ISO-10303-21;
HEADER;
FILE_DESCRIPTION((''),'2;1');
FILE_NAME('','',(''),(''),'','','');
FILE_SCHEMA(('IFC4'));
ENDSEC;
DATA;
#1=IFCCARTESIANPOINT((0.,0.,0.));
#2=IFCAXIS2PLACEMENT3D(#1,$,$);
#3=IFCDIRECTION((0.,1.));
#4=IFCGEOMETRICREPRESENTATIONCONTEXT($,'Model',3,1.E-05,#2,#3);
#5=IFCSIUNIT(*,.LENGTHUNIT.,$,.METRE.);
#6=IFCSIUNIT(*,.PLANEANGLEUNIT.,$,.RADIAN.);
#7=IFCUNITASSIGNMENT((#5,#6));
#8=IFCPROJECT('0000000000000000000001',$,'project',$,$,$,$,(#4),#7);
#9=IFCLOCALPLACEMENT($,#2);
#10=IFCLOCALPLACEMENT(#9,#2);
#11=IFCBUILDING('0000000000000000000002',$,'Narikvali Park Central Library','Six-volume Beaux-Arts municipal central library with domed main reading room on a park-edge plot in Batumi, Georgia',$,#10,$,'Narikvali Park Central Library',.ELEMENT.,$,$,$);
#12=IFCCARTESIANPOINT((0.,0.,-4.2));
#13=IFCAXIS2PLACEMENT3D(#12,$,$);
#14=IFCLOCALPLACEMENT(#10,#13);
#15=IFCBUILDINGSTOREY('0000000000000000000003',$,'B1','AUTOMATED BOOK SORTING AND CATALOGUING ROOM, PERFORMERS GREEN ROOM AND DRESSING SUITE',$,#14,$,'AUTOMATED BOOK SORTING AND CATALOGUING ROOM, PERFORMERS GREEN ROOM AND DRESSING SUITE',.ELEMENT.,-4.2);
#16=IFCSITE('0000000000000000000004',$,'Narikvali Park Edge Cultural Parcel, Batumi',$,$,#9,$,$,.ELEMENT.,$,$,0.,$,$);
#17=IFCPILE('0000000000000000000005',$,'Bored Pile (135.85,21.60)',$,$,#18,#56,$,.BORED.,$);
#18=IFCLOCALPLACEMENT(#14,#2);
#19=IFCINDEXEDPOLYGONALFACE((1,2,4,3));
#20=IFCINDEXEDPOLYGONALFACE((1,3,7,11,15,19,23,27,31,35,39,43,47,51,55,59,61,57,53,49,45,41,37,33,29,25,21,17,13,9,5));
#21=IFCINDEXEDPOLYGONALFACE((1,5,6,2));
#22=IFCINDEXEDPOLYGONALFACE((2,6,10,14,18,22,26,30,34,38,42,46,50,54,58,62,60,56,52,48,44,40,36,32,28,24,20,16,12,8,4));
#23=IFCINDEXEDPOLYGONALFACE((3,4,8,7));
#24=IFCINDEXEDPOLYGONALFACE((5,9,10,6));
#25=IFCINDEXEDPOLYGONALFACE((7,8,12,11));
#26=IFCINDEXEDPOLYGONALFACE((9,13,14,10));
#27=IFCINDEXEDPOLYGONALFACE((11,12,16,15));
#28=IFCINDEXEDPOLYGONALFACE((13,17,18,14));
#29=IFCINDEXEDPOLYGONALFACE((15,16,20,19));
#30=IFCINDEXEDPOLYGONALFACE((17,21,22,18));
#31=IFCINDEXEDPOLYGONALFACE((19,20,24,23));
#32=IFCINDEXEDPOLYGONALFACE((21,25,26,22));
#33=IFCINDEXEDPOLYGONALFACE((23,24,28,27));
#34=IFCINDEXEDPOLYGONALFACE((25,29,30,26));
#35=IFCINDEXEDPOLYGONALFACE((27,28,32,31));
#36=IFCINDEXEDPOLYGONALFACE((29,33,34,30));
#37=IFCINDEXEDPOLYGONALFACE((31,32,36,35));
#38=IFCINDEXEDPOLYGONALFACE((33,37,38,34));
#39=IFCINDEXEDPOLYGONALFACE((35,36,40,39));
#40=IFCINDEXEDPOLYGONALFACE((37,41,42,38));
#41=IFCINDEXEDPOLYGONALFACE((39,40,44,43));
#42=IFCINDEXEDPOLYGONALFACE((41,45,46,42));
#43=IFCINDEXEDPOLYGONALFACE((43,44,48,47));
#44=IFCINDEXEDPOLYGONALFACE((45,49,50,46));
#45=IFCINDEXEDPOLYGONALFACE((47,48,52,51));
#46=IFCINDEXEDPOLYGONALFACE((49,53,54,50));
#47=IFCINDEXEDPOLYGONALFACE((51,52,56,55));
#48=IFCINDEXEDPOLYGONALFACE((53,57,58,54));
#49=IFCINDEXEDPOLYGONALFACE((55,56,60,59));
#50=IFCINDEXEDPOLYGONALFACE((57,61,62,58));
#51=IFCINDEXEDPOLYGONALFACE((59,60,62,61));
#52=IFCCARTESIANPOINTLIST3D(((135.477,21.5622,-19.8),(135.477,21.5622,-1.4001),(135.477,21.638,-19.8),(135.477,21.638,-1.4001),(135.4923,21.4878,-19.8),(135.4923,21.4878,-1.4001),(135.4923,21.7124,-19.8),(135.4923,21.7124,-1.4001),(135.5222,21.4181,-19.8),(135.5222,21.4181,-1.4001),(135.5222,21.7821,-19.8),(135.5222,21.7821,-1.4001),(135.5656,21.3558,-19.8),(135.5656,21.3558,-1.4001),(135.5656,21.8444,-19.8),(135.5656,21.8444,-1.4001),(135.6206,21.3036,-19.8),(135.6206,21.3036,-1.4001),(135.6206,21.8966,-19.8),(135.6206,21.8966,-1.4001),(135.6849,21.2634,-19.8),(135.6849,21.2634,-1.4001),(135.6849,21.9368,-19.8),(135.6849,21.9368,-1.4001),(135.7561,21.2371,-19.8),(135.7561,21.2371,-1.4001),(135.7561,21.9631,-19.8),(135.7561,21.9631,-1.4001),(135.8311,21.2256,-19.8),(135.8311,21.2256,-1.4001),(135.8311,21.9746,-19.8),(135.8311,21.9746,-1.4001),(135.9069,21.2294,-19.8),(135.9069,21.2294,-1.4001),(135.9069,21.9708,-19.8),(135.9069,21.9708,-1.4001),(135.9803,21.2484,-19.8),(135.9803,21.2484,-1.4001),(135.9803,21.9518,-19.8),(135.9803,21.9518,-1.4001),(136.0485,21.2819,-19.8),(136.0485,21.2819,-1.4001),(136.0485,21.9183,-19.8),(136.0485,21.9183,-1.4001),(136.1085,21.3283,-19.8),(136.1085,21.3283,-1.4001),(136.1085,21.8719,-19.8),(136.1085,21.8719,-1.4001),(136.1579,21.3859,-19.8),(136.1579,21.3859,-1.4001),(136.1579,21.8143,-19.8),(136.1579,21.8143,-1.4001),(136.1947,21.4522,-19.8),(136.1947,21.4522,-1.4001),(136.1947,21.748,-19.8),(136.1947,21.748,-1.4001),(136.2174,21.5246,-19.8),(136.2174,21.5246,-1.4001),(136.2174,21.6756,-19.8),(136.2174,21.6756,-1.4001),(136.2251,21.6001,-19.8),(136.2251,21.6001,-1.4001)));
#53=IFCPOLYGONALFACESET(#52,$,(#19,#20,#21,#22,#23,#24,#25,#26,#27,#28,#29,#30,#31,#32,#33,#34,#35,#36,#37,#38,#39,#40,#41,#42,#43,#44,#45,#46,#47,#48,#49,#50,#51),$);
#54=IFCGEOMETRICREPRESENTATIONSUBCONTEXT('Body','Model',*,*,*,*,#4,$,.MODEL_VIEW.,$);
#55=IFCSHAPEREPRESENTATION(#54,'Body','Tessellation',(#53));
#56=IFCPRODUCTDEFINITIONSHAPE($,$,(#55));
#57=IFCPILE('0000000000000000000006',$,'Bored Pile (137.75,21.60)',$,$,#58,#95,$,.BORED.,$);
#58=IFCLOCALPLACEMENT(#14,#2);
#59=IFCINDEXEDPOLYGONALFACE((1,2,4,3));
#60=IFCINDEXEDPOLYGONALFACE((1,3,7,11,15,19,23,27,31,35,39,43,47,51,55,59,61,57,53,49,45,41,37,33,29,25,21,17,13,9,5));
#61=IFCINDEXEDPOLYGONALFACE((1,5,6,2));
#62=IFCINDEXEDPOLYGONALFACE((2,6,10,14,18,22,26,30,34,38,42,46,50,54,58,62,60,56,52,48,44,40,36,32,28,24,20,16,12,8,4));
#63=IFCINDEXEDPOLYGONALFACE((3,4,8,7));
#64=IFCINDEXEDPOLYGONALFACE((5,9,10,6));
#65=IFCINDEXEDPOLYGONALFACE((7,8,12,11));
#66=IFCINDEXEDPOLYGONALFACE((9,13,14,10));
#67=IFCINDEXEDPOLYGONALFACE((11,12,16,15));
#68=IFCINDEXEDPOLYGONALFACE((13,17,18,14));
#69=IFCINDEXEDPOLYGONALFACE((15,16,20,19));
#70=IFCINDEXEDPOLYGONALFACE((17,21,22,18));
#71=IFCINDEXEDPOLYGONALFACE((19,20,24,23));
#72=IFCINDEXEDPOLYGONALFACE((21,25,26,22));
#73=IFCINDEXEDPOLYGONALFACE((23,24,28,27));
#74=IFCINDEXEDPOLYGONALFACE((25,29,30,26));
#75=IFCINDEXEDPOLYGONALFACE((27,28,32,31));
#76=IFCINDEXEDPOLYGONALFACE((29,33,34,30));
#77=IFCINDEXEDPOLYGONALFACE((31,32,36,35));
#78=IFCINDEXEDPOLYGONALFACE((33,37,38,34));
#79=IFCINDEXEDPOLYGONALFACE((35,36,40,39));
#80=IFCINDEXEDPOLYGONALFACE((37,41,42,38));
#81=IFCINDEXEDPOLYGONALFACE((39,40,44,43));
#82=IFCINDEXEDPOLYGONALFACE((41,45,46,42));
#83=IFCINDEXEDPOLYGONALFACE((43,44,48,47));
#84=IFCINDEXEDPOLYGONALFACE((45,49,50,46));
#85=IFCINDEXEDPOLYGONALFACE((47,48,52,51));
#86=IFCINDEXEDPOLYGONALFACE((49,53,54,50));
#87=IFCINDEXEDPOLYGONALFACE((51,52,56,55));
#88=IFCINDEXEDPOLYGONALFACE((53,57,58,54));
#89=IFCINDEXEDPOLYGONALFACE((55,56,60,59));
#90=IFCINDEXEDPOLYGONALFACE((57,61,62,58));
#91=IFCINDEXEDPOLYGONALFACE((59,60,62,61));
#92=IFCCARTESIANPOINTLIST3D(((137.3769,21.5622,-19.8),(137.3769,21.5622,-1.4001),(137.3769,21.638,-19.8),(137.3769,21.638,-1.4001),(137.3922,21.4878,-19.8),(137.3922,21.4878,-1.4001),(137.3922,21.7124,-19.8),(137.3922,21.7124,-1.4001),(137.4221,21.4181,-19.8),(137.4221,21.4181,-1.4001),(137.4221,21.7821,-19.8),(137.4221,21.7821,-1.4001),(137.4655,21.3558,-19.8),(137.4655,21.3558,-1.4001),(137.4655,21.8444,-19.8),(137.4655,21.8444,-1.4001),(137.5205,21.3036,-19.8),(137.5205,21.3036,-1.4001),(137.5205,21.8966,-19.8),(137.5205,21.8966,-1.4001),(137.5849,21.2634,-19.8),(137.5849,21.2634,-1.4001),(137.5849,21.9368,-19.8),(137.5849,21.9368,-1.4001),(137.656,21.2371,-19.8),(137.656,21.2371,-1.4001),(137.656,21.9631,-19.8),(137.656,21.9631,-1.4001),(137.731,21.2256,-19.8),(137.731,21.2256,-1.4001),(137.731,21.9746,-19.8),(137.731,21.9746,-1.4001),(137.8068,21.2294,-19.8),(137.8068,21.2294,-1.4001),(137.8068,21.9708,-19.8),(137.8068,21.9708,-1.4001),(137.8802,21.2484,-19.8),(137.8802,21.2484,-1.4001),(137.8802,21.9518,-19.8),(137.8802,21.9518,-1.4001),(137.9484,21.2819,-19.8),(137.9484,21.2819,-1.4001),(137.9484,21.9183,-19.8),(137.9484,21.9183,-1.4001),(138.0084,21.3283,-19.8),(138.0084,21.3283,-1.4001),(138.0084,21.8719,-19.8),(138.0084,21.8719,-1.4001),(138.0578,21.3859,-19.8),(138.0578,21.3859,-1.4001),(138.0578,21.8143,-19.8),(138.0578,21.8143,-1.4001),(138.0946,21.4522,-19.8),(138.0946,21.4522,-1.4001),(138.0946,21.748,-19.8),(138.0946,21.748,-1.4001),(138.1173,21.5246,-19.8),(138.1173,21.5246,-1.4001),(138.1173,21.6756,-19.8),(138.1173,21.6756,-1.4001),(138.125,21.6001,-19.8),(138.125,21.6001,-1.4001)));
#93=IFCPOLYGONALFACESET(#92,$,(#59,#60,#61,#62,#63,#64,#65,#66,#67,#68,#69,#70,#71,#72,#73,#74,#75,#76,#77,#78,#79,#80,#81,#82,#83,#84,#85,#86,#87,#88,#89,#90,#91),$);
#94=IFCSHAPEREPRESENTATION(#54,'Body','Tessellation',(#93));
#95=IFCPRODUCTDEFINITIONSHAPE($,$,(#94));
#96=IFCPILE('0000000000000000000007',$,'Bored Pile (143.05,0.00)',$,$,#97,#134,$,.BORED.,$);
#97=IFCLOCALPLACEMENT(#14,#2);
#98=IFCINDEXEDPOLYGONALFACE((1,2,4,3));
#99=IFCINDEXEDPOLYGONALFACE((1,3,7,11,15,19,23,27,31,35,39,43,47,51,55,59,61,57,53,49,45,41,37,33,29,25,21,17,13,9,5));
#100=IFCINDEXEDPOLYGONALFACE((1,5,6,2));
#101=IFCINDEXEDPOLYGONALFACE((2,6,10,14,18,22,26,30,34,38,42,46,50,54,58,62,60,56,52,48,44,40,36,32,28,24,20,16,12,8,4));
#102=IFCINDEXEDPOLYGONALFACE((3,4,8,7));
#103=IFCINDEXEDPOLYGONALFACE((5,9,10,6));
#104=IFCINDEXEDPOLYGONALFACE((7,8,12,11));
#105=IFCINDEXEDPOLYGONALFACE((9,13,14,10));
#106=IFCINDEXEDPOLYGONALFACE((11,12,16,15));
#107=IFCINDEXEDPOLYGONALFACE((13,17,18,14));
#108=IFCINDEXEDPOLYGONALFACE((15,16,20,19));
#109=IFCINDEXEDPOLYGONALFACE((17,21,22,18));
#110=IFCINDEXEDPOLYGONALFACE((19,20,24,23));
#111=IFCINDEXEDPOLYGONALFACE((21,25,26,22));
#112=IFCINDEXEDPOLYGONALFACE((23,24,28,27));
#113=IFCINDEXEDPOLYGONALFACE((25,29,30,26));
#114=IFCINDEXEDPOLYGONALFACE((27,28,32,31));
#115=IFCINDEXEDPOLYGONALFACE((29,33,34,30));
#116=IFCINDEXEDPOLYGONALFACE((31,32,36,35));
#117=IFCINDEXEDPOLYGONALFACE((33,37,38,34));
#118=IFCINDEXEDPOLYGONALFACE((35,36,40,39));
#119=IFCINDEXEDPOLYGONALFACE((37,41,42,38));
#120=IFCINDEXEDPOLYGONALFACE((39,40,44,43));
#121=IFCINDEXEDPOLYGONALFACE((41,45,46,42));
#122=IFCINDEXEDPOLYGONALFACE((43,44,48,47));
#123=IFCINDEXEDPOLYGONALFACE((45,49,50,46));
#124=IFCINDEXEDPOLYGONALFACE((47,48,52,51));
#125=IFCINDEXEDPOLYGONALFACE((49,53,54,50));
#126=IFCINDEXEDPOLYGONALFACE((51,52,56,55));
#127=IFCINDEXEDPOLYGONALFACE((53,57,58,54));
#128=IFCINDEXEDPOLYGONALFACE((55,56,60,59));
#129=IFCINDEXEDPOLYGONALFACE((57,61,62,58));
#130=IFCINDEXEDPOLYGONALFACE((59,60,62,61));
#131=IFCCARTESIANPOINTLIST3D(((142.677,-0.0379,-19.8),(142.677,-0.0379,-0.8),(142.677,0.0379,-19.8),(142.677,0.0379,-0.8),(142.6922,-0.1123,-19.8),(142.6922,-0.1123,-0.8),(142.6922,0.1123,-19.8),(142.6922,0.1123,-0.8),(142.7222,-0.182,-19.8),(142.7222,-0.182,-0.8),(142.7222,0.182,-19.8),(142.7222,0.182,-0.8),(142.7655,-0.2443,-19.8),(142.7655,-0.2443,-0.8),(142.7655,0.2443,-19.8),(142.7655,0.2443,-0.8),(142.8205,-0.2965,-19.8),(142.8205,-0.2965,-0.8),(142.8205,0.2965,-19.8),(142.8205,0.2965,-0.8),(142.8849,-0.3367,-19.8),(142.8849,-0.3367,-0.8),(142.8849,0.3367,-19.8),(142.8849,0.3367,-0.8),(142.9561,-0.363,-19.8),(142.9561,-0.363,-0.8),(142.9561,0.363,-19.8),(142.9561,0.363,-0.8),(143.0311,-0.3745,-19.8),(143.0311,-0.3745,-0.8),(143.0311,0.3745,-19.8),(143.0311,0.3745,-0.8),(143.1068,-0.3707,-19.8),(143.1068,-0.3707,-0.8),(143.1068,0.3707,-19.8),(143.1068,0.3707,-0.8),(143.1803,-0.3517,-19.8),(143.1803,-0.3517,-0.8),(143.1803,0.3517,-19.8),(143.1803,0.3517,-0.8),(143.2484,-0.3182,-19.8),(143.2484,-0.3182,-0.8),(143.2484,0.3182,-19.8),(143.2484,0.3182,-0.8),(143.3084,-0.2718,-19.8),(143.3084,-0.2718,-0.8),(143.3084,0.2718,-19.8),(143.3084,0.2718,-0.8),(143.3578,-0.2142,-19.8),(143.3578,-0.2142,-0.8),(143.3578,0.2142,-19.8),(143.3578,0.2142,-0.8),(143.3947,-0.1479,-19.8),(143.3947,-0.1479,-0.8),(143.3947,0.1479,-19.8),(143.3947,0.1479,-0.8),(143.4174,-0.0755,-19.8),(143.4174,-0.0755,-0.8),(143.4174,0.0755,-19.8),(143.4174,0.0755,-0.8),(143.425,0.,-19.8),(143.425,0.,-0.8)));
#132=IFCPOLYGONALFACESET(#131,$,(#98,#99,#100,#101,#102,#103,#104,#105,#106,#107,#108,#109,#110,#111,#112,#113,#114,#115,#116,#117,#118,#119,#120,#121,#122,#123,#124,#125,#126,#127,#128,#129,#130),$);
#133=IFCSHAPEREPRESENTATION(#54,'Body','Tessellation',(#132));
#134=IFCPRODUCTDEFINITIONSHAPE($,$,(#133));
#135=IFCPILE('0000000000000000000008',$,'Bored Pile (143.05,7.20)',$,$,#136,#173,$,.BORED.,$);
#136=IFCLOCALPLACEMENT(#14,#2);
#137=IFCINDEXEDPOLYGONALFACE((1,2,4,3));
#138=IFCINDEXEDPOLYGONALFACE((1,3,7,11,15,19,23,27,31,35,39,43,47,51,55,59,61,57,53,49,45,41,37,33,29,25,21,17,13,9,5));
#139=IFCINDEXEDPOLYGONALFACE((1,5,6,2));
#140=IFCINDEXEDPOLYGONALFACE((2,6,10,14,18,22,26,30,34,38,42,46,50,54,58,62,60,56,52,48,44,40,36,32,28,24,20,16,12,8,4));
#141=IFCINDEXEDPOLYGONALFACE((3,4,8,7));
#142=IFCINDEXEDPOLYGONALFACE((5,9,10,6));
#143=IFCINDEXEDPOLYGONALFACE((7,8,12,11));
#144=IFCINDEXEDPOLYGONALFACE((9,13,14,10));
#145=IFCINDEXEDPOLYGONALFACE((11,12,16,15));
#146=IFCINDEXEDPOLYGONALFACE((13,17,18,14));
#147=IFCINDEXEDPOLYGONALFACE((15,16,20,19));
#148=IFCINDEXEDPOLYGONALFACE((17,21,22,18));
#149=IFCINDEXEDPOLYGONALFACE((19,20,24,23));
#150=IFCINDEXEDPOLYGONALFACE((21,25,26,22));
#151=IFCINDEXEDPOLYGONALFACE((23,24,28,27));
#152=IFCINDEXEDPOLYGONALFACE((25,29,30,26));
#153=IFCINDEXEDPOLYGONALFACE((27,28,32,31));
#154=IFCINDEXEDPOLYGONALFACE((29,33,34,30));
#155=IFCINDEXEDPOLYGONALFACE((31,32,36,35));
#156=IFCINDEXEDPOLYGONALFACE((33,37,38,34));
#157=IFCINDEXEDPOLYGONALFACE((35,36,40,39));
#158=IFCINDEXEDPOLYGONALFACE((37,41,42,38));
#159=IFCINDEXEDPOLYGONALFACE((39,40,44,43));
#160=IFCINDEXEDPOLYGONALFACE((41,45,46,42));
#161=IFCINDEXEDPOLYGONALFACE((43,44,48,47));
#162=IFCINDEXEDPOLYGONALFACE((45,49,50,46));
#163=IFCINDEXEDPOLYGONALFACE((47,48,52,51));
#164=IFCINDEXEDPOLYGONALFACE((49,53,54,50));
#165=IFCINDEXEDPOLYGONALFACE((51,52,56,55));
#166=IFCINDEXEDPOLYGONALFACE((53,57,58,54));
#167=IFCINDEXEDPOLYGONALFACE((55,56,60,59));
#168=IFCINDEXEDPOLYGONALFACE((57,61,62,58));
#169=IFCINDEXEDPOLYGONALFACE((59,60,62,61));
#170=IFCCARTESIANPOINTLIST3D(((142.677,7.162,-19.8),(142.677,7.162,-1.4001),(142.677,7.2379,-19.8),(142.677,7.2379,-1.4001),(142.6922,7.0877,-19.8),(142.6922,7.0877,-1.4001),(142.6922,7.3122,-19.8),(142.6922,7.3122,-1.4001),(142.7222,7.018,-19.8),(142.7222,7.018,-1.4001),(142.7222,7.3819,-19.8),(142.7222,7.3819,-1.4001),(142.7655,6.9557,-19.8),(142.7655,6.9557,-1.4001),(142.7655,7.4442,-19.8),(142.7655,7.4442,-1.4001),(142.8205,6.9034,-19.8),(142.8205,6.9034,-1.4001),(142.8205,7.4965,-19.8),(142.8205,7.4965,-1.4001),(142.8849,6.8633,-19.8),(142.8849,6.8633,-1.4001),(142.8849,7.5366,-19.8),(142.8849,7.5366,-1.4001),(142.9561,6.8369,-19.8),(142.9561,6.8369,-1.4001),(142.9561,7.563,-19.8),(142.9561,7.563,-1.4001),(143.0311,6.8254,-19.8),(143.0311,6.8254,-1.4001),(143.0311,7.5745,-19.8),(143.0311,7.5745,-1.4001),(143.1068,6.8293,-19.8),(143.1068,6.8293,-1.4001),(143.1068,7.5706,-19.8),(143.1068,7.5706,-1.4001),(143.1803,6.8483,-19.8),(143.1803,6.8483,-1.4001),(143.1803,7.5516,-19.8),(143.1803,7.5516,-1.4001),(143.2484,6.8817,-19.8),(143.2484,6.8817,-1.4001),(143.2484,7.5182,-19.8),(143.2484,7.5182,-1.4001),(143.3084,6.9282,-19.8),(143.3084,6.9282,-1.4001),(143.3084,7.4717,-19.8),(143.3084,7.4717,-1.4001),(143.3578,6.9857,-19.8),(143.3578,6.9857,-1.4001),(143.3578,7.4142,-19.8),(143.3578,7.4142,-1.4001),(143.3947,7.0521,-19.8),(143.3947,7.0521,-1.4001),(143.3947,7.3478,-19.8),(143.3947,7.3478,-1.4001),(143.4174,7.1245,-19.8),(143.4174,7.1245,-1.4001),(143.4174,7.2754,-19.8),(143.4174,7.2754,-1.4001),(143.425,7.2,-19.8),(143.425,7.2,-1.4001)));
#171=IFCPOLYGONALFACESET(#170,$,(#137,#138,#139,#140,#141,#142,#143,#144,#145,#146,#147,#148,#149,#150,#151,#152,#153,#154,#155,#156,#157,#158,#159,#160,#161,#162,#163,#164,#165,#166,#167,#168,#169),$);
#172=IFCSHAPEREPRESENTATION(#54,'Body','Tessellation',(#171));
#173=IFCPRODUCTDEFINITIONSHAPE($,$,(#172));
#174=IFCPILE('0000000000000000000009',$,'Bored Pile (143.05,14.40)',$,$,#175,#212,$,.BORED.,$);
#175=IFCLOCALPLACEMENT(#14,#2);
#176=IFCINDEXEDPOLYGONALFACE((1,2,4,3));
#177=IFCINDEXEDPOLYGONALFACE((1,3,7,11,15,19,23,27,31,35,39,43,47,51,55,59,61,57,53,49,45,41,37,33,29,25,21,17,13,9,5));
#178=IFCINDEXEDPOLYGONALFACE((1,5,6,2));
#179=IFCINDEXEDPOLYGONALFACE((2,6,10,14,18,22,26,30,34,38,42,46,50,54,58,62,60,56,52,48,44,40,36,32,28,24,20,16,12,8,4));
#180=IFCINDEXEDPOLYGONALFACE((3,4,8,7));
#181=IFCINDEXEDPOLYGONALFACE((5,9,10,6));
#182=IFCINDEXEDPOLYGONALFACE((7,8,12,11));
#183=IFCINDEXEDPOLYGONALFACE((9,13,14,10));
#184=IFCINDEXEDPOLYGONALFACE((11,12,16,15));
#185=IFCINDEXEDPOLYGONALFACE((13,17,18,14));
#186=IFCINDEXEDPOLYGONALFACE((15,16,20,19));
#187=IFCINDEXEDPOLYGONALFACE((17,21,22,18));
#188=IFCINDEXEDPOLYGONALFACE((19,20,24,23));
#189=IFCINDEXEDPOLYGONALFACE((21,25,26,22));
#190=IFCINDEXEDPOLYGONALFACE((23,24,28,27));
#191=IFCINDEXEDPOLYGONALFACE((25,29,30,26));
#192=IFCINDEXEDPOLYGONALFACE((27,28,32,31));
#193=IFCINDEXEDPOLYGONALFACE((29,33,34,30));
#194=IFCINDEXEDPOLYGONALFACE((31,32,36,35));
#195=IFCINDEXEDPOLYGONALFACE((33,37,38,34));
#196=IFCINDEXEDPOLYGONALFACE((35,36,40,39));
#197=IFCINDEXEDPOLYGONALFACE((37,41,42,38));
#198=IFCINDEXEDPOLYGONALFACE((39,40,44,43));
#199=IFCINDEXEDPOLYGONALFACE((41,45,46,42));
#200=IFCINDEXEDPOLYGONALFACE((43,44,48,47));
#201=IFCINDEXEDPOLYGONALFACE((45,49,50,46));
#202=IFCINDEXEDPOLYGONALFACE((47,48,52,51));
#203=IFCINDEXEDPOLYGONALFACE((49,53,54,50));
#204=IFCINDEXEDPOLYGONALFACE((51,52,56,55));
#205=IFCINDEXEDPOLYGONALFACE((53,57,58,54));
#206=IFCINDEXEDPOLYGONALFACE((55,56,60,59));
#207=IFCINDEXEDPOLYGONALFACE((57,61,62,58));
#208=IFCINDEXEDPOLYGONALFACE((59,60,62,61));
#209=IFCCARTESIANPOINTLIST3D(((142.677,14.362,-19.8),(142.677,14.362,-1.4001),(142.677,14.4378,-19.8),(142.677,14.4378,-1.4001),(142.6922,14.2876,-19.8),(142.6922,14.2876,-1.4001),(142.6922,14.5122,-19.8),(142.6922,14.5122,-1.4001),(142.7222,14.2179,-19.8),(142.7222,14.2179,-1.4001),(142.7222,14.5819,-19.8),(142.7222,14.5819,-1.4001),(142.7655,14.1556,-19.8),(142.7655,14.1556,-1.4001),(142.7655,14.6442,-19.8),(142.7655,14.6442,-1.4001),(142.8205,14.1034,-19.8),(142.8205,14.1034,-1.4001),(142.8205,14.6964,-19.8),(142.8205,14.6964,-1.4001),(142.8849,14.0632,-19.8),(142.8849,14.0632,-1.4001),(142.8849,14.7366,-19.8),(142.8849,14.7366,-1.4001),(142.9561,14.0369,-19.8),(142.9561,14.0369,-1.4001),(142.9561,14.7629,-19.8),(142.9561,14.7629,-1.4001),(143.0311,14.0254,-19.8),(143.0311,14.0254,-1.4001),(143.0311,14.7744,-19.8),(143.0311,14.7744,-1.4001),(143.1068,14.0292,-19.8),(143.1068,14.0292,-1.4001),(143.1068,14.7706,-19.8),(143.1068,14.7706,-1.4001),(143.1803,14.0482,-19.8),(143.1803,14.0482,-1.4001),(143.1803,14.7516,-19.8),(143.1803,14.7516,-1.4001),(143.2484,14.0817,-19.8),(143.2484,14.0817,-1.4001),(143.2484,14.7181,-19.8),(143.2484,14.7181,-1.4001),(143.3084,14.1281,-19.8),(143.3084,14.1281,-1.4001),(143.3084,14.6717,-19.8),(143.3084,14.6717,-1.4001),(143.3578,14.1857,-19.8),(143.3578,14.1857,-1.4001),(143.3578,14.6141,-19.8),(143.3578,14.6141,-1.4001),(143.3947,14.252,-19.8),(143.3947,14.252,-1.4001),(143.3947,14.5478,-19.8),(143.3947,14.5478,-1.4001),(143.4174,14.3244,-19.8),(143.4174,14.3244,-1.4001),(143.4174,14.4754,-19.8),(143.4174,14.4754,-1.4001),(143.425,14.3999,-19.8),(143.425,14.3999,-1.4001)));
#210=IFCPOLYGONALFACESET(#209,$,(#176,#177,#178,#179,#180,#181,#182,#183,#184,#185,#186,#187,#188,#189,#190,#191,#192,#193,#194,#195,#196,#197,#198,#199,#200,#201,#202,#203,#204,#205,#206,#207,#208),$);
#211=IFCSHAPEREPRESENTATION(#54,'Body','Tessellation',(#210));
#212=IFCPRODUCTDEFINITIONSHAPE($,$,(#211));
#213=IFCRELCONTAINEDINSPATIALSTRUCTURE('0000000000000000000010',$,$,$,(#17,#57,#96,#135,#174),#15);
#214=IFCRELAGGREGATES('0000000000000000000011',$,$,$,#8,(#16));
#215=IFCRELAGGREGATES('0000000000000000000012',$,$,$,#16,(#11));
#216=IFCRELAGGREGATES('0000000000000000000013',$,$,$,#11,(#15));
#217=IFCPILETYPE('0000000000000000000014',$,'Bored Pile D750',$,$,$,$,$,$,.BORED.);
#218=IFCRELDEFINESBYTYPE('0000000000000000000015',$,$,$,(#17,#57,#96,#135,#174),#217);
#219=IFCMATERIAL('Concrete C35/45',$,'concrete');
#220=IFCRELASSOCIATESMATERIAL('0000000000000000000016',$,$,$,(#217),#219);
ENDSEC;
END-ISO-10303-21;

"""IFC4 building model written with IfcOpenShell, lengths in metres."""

from ifc_helpers import new_model, si_unit, direction, frame, origin, origin_2d, place, context, subcontext, project, spatial, circle, extrude, material, material_profile, profile_set, type_object, element, save


model = new_model("IFC4")

# Units and contexts
model_context = context("Model", 3, precision=1e-05, world=origin(), true_north=direction((0.0, 1.0)))
body_context = subcontext(model_context, "Body", "Model", "MODEL_VIEW")
ifc_project = project(units=[si_unit("LENGTHUNIT", "METRE"), si_unit("PLANEANGLEUNIT", "RADIAN")], contexts=[model_context])

# Site, building, storey
site_placement = place(None, origin())
site = spatial("IfcSite", under=ifc_project, at=site_placement, Name="Narikvali Park Edge Cultural Parcel, Batumi", CompositionType="ELEMENT", RefElevation=0.0)
building_placement = place(site_placement, origin())
building = spatial("IfcBuilding", under=site, at=building_placement, Name="Narikvali Park Central Library", Description="Six-volume Beaux-Arts municipal central library with domed main reading room on a park-edge plot in Batumi, Georgia", LongName="Narikvali Park Central Library", CompositionType="ELEMENT")
storey_placement = place(building_placement, frame((0.0, 0.0, -4.2)))
storey = spatial("IfcBuildingStorey", under=building, at=storey_placement, Name="B1", Description="AUTOMATED BOOK SORTING AND CATALOGUING ROOM, PERFORMERS GREEN ROOM AND DRESSING SUITE", LongName="AUTOMATED BOOK SORTING AND CATALOGUING ROOM, PERFORMERS GREEN ROOM AND DRESSING SUITE", CompositionType="ELEMENT", Elevation=-4.2)

# Piles
ifc_material_1 = material(Name="Concrete C35/45", Category="concrete")
ifc_material_profile_1 = material_profile(ifc_material_1, circle(Radius=0.375, at=origin_2d()), Name="PILE D750")
ifc_profile_set_1 = profile_set([ifc_material_profile_1], Name="Concrete C35/45")
pile_type = type_object("IfcPileType", Name="Bored Pile D750", PredefinedType="BORED", material=ifc_profile_set_1)
for number, where, z_axis, x_axis, name in (
    (1, (135.8501, 21.6001, -1.4001), (0.0, 0.0, -1.0), (1.0, 0.0, 0.0), "Bored Pile (135.85,21.60)"),
    (2, (137.75, 21.6001, -1.4001), (0.0, 0.0, -1.0), (1.0, 0.0, 0.0), "Bored Pile (137.75,21.60)"),
):
    element("IfcPile", number, at=place(storey_placement, frame(where, z_axis=z_axis, x_axis=x_axis)), inside=storey, type_object=pile_type, Name=name, PredefinedType="BORED", context=body_context, shape_type="SweptSolid", body=[
        extrude(circle(Radius=0.375, at=origin_2d()), origin(), (0.0, 0.0, 1.0), 18.3999),
    ])
pile_1_placement = place(storey_placement, frame((143.05, 0.0, -0.8), z_axis=(0.0, 0.0, -1.0), x_axis=(1.0, 0.0, 0.0)))
element("IfcPile", 3, at=pile_1_placement, inside=storey, type_object=pile_type, Name="Bored Pile (143.05,0.00)", PredefinedType="BORED", context=body_context, shape_type="SweptSolid", body=[
    extrude(circle(Radius=0.375, at=origin_2d()), origin(), (0.0, 0.0, 1.0), 19.0),
])
for number, where, z_axis, x_axis, name in (
    (4, (143.05, 7.2, -1.4001), (0.0, 0.0, -1.0), (1.0, 0.0, 0.0), "Bored Pile (143.05,7.20)"),
    (5, (143.05, 14.3999, -1.4001), (0.0, 0.0, -1.0), (1.0, 0.0, 0.0), "Bored Pile (143.05,14.40)"),
):
    element("IfcPile", number, at=place(storey_placement, frame(where, z_axis=z_axis, x_axis=x_axis)), inside=storey, type_object=pile_type, Name=name, PredefinedType="BORED", context=body_context, shape_type="SweptSolid", body=[
        extrude(circle(Radius=0.375, at=origin_2d()), origin(), (0.0, 0.0, 1.0), 18.3999),
    ])

save(model, "model.ifc")
